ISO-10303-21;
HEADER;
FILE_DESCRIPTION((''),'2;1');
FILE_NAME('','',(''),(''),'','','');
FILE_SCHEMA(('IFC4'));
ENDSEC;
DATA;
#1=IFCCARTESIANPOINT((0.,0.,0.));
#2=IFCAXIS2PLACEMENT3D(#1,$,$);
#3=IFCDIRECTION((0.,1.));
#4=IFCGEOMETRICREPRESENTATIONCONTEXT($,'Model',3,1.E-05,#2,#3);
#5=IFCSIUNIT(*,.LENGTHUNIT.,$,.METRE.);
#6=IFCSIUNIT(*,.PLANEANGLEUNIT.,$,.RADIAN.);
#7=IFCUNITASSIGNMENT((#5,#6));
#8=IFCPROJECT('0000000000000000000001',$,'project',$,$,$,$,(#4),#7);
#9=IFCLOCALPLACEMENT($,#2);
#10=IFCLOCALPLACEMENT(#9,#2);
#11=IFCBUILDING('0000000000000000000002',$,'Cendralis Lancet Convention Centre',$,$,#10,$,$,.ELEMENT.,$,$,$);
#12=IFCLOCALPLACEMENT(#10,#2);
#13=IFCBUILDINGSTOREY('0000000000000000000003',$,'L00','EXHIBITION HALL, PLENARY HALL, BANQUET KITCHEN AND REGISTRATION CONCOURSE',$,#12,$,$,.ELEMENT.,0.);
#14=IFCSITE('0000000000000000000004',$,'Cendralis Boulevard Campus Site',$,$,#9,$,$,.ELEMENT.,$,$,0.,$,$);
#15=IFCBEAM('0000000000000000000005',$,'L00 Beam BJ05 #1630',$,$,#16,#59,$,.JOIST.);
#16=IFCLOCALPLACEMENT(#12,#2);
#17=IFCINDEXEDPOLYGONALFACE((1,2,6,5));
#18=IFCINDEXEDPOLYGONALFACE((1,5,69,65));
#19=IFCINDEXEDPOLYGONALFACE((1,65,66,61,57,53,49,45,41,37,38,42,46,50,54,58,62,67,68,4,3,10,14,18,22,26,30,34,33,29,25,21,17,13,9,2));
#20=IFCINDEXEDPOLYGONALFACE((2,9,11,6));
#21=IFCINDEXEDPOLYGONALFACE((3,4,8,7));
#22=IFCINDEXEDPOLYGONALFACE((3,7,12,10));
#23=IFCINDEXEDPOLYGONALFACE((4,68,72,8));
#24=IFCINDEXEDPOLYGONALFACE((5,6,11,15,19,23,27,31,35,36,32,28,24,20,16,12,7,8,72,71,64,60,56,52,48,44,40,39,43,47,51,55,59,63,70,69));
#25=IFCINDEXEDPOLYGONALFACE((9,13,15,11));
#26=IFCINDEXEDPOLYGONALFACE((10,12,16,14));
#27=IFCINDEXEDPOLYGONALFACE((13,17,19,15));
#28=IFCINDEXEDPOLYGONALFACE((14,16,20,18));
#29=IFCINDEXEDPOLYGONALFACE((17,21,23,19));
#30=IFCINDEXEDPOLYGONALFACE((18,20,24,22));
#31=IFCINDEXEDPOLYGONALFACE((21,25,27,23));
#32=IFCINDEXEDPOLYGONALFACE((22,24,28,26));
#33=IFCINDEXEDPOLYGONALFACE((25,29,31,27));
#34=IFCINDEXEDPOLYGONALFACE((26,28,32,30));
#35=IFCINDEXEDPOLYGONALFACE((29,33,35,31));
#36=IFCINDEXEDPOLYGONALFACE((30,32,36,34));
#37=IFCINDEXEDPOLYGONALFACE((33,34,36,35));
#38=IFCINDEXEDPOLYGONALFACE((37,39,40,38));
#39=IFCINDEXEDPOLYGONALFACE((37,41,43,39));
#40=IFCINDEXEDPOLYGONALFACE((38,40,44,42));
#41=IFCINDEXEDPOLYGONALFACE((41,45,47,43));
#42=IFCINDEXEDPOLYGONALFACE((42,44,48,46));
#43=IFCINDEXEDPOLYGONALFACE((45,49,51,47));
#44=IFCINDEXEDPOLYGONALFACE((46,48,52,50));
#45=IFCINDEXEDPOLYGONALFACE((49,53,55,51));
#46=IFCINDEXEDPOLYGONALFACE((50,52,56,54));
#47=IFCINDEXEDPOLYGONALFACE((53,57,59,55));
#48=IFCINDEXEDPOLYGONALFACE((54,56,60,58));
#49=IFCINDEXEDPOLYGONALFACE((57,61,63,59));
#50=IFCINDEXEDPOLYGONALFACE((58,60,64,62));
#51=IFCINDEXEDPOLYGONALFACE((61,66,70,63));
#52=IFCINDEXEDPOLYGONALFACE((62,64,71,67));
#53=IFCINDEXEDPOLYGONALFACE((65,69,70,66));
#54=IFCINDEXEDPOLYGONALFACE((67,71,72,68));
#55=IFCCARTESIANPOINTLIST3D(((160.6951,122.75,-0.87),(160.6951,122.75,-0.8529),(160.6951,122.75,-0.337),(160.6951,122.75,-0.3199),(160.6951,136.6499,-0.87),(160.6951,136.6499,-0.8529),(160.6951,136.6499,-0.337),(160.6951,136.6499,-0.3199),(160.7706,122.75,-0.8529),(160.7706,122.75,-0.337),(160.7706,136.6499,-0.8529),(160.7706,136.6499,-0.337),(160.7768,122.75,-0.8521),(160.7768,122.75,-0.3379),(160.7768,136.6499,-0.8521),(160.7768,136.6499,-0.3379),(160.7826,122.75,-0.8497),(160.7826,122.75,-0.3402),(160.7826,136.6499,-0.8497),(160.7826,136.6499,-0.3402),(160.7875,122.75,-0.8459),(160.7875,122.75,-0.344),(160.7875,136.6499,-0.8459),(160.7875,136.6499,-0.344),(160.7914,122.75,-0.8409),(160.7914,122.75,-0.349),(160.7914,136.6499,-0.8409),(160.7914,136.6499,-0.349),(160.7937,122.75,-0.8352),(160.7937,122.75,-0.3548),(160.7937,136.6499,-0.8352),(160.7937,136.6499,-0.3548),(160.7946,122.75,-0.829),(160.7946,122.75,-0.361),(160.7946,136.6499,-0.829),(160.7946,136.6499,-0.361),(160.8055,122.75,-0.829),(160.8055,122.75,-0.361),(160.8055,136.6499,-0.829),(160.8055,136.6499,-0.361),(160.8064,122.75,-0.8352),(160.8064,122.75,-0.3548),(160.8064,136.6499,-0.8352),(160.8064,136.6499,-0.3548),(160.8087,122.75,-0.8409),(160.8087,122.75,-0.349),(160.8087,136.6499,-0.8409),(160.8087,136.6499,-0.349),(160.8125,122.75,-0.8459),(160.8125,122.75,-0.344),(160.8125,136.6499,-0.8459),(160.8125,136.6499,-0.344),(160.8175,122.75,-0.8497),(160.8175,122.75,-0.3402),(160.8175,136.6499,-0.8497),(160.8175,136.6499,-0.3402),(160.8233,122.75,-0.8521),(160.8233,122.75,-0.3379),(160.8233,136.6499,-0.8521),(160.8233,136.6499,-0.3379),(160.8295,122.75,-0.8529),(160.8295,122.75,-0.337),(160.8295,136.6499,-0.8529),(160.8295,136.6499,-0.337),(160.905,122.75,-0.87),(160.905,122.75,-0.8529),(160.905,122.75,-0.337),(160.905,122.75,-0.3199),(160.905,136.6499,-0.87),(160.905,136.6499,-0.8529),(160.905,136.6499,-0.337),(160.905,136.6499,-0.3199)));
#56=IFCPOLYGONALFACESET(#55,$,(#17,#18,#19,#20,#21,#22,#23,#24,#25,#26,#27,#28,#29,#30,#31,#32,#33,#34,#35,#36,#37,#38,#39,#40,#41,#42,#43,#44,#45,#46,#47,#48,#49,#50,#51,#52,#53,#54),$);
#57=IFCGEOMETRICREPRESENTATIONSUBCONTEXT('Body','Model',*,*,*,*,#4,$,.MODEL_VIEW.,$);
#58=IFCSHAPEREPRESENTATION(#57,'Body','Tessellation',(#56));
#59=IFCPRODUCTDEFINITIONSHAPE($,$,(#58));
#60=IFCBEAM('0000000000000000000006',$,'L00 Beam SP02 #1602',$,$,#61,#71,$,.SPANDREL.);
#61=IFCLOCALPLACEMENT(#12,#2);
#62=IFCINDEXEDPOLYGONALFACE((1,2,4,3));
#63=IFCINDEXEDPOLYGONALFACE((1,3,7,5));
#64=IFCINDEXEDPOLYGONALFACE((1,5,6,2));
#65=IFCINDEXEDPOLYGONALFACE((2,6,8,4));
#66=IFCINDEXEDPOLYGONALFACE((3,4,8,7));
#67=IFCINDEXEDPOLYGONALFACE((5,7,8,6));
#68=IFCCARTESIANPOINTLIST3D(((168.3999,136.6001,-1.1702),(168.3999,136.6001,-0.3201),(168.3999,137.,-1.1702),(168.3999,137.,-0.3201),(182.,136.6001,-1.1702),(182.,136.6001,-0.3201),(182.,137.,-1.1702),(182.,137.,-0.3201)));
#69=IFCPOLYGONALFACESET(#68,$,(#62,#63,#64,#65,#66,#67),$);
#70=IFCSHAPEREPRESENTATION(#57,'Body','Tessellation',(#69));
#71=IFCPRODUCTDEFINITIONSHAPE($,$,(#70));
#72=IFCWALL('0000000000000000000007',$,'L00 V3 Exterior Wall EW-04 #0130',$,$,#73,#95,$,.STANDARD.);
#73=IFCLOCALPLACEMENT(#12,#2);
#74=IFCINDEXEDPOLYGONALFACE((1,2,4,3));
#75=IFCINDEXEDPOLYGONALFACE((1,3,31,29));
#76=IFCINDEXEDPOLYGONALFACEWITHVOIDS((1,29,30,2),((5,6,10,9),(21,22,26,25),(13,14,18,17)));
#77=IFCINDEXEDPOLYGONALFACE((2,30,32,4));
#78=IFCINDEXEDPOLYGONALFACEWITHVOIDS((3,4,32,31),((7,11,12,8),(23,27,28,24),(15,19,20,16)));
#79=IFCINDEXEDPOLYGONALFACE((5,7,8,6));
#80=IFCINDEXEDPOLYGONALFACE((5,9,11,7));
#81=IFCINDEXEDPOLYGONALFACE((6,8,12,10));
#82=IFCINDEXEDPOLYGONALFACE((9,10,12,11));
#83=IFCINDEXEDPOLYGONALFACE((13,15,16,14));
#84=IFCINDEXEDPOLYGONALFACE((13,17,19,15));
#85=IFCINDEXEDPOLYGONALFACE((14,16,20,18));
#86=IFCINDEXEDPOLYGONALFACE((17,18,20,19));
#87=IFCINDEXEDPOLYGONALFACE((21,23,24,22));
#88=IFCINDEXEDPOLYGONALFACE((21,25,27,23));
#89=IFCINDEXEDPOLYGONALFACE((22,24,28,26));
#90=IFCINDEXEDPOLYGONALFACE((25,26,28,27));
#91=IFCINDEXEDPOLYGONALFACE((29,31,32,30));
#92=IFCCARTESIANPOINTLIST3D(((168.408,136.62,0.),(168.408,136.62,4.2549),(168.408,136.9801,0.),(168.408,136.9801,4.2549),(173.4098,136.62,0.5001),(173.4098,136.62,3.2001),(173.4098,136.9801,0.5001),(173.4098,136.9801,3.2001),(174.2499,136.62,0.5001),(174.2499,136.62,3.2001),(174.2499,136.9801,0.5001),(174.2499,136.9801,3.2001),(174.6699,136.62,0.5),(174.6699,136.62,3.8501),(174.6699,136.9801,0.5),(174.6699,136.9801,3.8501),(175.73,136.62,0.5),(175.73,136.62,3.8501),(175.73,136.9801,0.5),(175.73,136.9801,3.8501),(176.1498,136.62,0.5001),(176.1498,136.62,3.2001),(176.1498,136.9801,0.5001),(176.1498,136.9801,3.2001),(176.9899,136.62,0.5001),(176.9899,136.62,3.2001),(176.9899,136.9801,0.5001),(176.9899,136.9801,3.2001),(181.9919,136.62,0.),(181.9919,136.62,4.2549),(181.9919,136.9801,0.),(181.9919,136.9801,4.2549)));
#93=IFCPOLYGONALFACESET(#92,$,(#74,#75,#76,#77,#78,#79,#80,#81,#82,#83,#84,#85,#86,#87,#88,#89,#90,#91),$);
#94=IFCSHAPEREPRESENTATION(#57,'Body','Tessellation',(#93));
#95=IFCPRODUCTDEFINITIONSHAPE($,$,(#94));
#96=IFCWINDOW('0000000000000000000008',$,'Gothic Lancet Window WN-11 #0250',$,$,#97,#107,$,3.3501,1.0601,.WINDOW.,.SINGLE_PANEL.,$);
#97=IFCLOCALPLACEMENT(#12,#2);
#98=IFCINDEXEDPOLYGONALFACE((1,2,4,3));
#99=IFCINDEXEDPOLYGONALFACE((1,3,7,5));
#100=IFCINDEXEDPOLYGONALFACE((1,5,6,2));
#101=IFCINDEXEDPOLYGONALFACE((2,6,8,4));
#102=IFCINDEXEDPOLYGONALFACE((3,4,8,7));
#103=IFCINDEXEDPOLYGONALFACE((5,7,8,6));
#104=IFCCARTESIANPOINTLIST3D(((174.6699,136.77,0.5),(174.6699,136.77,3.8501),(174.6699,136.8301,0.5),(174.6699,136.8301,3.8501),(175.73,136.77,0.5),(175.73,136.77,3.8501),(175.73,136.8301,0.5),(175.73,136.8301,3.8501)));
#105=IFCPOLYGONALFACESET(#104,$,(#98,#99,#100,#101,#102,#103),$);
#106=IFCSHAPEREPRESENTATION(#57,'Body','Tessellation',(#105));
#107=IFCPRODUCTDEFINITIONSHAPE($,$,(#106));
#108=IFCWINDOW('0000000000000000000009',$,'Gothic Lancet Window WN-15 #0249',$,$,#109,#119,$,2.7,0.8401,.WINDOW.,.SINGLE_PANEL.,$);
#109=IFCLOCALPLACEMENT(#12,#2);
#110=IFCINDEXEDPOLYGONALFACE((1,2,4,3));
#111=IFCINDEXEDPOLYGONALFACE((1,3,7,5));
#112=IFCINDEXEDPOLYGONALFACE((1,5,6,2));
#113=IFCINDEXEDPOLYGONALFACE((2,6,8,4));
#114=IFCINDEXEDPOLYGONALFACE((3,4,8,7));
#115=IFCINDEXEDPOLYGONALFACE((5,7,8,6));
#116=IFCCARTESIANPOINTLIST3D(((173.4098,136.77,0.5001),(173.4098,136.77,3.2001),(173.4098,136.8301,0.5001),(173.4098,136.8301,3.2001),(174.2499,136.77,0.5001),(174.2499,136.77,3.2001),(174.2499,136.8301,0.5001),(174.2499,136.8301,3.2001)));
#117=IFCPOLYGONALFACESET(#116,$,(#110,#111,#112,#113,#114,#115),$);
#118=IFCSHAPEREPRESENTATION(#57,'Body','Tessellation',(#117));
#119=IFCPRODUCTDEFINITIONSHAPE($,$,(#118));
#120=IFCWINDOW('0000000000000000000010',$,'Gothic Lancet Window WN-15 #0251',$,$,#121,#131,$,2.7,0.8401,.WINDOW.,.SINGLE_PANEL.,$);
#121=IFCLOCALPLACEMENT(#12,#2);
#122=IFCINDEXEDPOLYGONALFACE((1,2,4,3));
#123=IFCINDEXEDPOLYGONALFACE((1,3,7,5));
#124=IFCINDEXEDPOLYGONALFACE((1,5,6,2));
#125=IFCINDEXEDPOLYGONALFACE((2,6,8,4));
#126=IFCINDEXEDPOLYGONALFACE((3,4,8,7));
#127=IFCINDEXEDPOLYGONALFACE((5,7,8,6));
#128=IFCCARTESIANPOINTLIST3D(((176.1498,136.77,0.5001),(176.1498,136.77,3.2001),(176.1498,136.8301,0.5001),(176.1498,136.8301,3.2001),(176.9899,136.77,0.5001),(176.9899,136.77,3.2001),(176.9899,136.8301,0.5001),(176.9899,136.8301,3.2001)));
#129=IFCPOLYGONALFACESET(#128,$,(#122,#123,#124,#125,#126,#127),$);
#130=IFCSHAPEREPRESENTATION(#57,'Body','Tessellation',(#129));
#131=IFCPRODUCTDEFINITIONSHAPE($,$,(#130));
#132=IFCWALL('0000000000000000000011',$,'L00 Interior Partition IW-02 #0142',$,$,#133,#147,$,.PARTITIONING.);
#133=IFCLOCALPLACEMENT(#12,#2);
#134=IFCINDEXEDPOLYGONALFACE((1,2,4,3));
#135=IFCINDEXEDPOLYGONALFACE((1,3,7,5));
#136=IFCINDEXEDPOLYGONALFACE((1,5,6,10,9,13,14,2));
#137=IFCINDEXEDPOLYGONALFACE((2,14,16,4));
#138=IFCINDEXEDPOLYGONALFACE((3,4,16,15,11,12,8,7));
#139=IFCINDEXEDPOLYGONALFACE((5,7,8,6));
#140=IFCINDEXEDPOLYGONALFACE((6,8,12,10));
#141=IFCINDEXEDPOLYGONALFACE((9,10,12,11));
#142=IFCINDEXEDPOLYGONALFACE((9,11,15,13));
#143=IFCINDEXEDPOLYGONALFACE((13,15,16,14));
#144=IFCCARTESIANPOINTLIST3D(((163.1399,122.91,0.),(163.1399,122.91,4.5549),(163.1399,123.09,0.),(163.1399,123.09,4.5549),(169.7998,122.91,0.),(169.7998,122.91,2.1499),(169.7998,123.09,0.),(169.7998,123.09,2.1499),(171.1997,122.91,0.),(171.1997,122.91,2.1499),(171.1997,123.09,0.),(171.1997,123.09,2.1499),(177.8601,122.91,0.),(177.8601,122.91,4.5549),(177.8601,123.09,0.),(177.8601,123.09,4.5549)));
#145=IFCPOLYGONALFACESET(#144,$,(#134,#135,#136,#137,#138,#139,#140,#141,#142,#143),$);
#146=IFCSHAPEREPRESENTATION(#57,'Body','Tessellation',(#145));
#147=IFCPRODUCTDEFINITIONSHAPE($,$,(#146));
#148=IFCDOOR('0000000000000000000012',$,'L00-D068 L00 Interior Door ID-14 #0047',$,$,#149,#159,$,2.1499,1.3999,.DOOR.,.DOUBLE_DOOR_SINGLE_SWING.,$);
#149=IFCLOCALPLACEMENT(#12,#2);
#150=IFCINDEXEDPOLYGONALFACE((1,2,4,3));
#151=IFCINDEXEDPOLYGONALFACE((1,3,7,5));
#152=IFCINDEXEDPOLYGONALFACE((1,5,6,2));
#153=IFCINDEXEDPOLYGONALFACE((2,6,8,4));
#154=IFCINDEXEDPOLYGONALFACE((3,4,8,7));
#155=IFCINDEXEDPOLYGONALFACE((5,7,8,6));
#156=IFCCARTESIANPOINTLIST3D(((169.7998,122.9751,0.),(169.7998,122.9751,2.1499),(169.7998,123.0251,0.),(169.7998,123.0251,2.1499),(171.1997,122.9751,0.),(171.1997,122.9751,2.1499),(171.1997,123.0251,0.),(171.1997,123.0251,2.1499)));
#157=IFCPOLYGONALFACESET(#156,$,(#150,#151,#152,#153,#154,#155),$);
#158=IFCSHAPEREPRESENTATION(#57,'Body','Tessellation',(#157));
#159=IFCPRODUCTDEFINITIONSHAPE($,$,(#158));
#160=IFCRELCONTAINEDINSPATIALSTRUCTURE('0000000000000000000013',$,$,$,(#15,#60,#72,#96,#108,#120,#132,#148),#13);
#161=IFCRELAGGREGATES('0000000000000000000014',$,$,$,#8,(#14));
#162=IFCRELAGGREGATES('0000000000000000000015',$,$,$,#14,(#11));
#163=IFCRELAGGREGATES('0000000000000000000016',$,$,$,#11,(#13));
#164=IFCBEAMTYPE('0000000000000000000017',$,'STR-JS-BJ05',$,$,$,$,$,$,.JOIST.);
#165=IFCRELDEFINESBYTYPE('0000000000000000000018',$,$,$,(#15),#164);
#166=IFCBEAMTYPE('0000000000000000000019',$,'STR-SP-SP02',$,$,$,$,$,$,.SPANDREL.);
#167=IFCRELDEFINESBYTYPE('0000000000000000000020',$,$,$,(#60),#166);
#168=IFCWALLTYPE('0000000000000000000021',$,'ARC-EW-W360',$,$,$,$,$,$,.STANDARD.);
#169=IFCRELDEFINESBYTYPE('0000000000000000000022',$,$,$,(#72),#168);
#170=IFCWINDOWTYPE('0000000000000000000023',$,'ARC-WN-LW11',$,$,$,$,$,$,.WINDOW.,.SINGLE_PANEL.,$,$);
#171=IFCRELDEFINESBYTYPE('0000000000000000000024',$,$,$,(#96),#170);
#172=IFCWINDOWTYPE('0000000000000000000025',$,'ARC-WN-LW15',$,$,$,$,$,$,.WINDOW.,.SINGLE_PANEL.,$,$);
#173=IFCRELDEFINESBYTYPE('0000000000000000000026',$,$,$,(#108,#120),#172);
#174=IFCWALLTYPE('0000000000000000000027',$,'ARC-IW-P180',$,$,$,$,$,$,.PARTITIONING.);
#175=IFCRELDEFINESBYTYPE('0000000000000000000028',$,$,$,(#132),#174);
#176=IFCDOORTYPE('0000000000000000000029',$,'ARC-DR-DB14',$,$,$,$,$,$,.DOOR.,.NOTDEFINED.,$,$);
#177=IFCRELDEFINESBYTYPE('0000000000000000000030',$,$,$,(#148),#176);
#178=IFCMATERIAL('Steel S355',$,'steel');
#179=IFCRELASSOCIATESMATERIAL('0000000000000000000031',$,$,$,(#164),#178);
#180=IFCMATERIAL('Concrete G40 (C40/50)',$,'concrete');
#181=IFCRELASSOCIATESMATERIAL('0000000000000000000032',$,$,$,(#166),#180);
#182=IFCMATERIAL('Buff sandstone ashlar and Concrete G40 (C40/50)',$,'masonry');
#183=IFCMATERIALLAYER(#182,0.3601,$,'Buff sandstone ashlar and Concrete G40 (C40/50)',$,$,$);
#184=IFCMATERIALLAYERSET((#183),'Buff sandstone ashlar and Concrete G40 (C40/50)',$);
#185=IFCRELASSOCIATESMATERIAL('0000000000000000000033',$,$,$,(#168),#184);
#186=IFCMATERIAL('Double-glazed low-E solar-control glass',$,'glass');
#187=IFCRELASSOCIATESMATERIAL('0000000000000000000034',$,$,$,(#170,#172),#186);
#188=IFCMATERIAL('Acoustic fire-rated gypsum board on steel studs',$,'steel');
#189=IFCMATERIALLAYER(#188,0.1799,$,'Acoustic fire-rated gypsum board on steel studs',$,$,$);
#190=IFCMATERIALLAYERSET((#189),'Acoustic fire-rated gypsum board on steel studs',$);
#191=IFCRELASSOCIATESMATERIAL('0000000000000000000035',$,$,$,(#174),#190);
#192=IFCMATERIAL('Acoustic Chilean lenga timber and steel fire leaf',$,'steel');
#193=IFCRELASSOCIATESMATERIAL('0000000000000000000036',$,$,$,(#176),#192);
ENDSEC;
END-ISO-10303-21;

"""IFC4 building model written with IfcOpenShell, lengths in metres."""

from ifc_helpers import new_model, si_unit, direction, frame, frame_2d, origin, origin_2d, place, context, subcontext, project, spatial, rectangle, i_section, extrude, material, layer, layer_set, material_profile, profile_set, type_object, element, fill, save


model = new_model("IFC4")

# Units and contexts
model_context = context("Model", 3, precision=1e-05, world=origin(), true_north=direction((0.0, 1.0)))
body_context = subcontext(model_context, "Body", "Model", "MODEL_VIEW")
ifc_project = project(units=[si_unit("LENGTHUNIT", "METRE"), si_unit("PLANEANGLEUNIT", "RADIAN")], contexts=[model_context])

# Site, building, storey
site_placement = place(None, origin())
site = spatial("IfcSite", under=ifc_project, at=site_placement, Name="Cendralis Boulevard Campus Site", CompositionType="ELEMENT", RefElevation=0.0)
building_placement = place(site_placement, origin())
building = spatial("IfcBuilding", under=site, at=building_placement, Name="Cendralis Lancet Convention Centre", CompositionType="ELEMENT")
storey_placement = place(building_placement, origin())
storey = spatial("IfcBuildingStorey", under=building, at=storey_placement, Name="L00", Description="EXHIBITION HALL, PLENARY HALL, BANQUET KITCHEN AND REGISTRATION CONCOURSE", CompositionType="ELEMENT", Elevation=0.0)

# Shared definitions
ifc_material_1 = material(Name="Concrete G40 (C40/50)", Category="concrete")

# Beams
ifc_material_2 = material(Name="Steel S355", Category="steel")
ifc_material_profile_1 = material_profile(ifc_material_2, i_section(OverallWidth=0.21, OverallDepth=0.55, WebThickness=0.011, FlangeThickness=0.0171, FilletRadius=0.0239, at=origin_2d()), Name="IPE 550")
ifc_profile_set_1 = profile_set([ifc_material_profile_1], Name="Steel S355")
beam_type_1 = type_object("IfcBeamType", Name="STR-JS-BJ05", PredefinedType="JOIST", material=ifc_profile_set_1)
beam_1_placement = place(storey_placement, frame((160.8, 122.75, -0.595), z_axis=(0.0, 1.0, 0.0), x_axis=(-1.0, 0.0, 0.0)))
element("IfcBeam", 1, at=beam_1_placement, inside=storey, type_object=beam_type_1, Name="L00 Beam BJ05 #1630", PredefinedType="JOIST", context=body_context, shape_type="SweptSolid", body=[
    extrude(i_section(OverallWidth=0.21, OverallDepth=0.55, WebThickness=0.011, FlangeThickness=0.0171, FilletRadius=0.0239, at=origin_2d()), origin(), (0.0, 0.0, 1.0), 13.8999),
])
ifc_material_profile_2 = material_profile(ifc_material_1, rectangle(XDim=0.3999, YDim=0.8501, at=origin_2d()), Name="RCB 400x850")
ifc_profile_set_2 = profile_set([ifc_material_profile_2], Name="Concrete G40 (C40/50)")
beam_type_2 = type_object("IfcBeamType", Name="STR-SP-SP02", PredefinedType="SPANDREL", material=ifc_profile_set_2)
beam_2_placement = place(storey_placement, frame((168.3999, 136.8, -0.7451), z_axis=(1.0, 0.0, 0.0), x_axis=(0.0, 1.0, 0.0)))
element("IfcBeam", 2, at=beam_2_placement, inside=storey, type_object=beam_type_2, Name="L00 Beam SP02 #1602", PredefinedType="SPANDREL", context=body_context, shape_type="SweptSolid", body=[
    extrude(rectangle(XDim=0.3999, YDim=0.8501, at=origin_2d()), origin(), (0.0, 0.0, 1.0), 13.6001),
])

# Wall, openings, windows
ifc_material_3 = material(Name="Buff sandstone ashlar and Concrete G40 (C40/50)", Category="masonry")
ifc_layer_1 = layer(ifc_material_3, 0.3601, Name="Buff sandstone ashlar and Concrete G40 (C40/50)")
ifc_layer_set_1 = layer_set([ifc_layer_1], Name="Buff sandstone ashlar and Concrete G40 (C40/50)")
wall_type_1 = type_object("IfcWallType", Name="ARC-EW-W360", PredefinedType="STANDARD", material=ifc_layer_set_1)
wall_1_placement = place(storey_placement, frame((168.408, 136.8, 0.0), z_axis=(0.0, 0.0, 1.0), x_axis=(1.0, 0.0, 0.0)))
wall_1 = element("IfcWall", 3, at=wall_1_placement, inside=storey, type_object=wall_type_1, Name="L00 V3 Exterior Wall EW-04 #0130", PredefinedType="STANDARD", context=body_context, shape_type="SweptSolid", body=[
    extrude(rectangle(XDim=13.584, YDim=0.3601, at=frame_2d((6.792, 0.0))), origin(), (0.0, 0.0, 1.0), 4.2549),
])
opening_1_placement = place(wall_1_placement, frame((5.002, 0.0, 0.5)))
opening_1 = element("IfcOpeningElement", 4, at=opening_1_placement, cuts=wall_1, PredefinedType="OPENING", context=body_context, shape_type="SweptSolid", body=[
    extrude(rectangle(XDim=0.8401, YDim=2.7, at=frame_2d((0.4199, 1.3501))), frame((0.0, 0.1899, 0.0), z_axis=(0.0, -1.0, 0.0), x_axis=(1.0, 0.0, 0.0)), (0.0, 0.0, 1.0), 0.3801),
])
opening_2_placement = place(wall_1_placement, frame((6.262, 0.0, 0.5)))
opening_2 = element("IfcOpeningElement", 5, at=opening_2_placement, cuts=wall_1, PredefinedType="OPENING", context=body_context, shape_type="SweptSolid", body=[
    extrude(rectangle(XDim=1.0601, YDim=3.3501, at=frame_2d((0.53, 1.675))), frame((0.0, 0.1899, 0.0), z_axis=(0.0, -1.0, 0.0), x_axis=(1.0, 0.0, 0.0)), (0.0, 0.0, 1.0), 0.3801),
])
opening_3_placement = place(wall_1_placement, frame((7.7419, 0.0, 0.5)))
opening_3 = element("IfcOpeningElement", 6, at=opening_3_placement, cuts=wall_1, PredefinedType="OPENING", context=body_context, shape_type="SweptSolid", body=[
    extrude(rectangle(XDim=0.8401, YDim=2.7, at=frame_2d((0.4199, 1.3501))), frame((0.0, 0.1899, 0.0), z_axis=(0.0, -1.0, 0.0), x_axis=(1.0, 0.0, 0.0)), (0.0, 0.0, 1.0), 0.3801),
])
ifc_material_4 = material(Name="Double-glazed low-E solar-control glass", Category="glass")
window_type_1 = type_object("IfcWindowType", Name="ARC-WN-LW11", PartitioningType="SINGLE_PANEL", PredefinedType="WINDOW", material=ifc_material_4)
window_1_placement = place(opening_2_placement, origin())
window_1 = element("IfcWindow", 7, at=window_1_placement, inside=storey, type_object=window_type_1, Name="Gothic Lancet Window WN-11 #0250", OverallHeight=3.3501, OverallWidth=1.0601, PartitioningType="SINGLE_PANEL", PredefinedType="WINDOW", context=body_context, shape_type="SweptSolid", body=[
    extrude(rectangle(XDim=1.0601, YDim=3.3501, at=frame_2d((0.53, 1.675))), frame((0.0, 0.03, 0.0), z_axis=(0.0, -1.0, 0.0), x_axis=(1.0, 0.0, 0.0)), (0.0, 0.0, 1.0), 0.0601),
])
fill(opening_2, window_1)
window_type_2 = type_object("IfcWindowType", Name="ARC-WN-LW15", PartitioningType="SINGLE_PANEL", PredefinedType="WINDOW", material=ifc_material_4)
window_2_placement = place(opening_1_placement, origin())
window_2 = element("IfcWindow", 8, at=window_2_placement, inside=storey, type_object=window_type_2, Name="Gothic Lancet Window WN-15 #0249", OverallHeight=2.7, OverallWidth=0.8401, PartitioningType="SINGLE_PANEL", PredefinedType="WINDOW", context=body_context, shape_type="SweptSolid", body=[
    extrude(rectangle(XDim=0.8401, YDim=2.7, at=frame_2d((0.4199, 1.3501))), frame((0.0, 0.03, 0.0), z_axis=(0.0, -1.0, 0.0), x_axis=(1.0, 0.0, 0.0)), (0.0, 0.0, 1.0), 0.0601),
])
fill(opening_1, window_2)
window_3_placement = place(opening_3_placement, origin())
window_3 = element("IfcWindow", 9, at=window_3_placement, inside=storey, type_object=window_type_2, Name="Gothic Lancet Window WN-15 #0251", OverallHeight=2.7, OverallWidth=0.8401, PartitioningType="SINGLE_PANEL", PredefinedType="WINDOW", context=body_context, shape_type="SweptSolid", body=[
    extrude(rectangle(XDim=0.8401, YDim=2.7, at=frame_2d((0.4199, 1.3501))), frame((0.0, 0.03, 0.0), z_axis=(0.0, -1.0, 0.0), x_axis=(1.0, 0.0, 0.0)), (0.0, 0.0, 1.0), 0.0601),
])
fill(opening_3, window_3)

# Wall, opening, door
ifc_material_5 = material(Name="Acoustic fire-rated gypsum board on steel studs", Category="steel")
ifc_layer_2 = layer(ifc_material_5, 0.1799, Name="Acoustic fire-rated gypsum board on steel studs")
ifc_layer_set_2 = layer_set([ifc_layer_2], Name="Acoustic fire-rated gypsum board on steel studs")
wall_type_2 = type_object("IfcWallType", Name="ARC-IW-P180", PredefinedType="PARTITIONING", material=ifc_layer_set_2)
wall_2_placement = place(storey_placement, frame((163.1399, 123.0, 0.0), z_axis=(0.0, 0.0, 1.0), x_axis=(1.0, 0.0, 0.0)))
wall_2 = element("IfcWall", 10, at=wall_2_placement, inside=storey, type_object=wall_type_2, Name="L00 Interior Partition IW-02 #0142", PredefinedType="PARTITIONING", context=body_context, shape_type="SweptSolid", body=[
    extrude(rectangle(XDim=14.7202, YDim=0.1799, at=frame_2d((7.3601, 0.0))), origin(), (0.0, 0.0, 1.0), 4.5549),
])
opening_4_placement = place(wall_2_placement, frame((6.6599, 0.0, 0.0)))
opening_4 = element("IfcOpeningElement", 11, at=opening_4_placement, cuts=wall_2, PredefinedType="OPENING", context=body_context, shape_type="SweptSolid", body=[
    extrude(rectangle(XDim=1.3999, YDim=2.1499, at=frame_2d((0.7, 1.075))), frame((0.0, 0.0999, 0.0), z_axis=(0.0, -1.0, 0.0), x_axis=(1.0, 0.0, 0.0)), (0.0, 0.0, 1.0), 0.2),
])
ifc_material_6 = material(Name="Acoustic Chilean lenga timber and steel fire leaf", Category="steel")
door_type = type_object("IfcDoorType", Name="ARC-DR-DB14", OperationType="NOTDEFINED", PredefinedType="DOOR", material=ifc_material_6)
door_placement = place(opening_4_placement, frame((1.3999, 0.0, 0.0), z_axis=(0.0, 0.0, 1.0), x_axis=(-1.0, 0.0, 0.0)))
door = element("IfcDoor", 12, at=door_placement, inside=storey, type_object=door_type, Name="L00-D068 L00 Interior Door ID-14 #0047", OperationType="DOUBLE_DOOR_SINGLE_SWING", OverallHeight=2.1499, OverallWidth=1.3999, PredefinedType="DOOR", context=body_context, shape_type="SweptSolid", body=[
    extrude(rectangle(XDim=1.3999, YDim=2.1499, at=frame_2d((0.7, 1.075))), frame((0.0, 0.0249, 0.0), z_axis=(0.0, -1.0, 0.0), x_axis=(1.0, 0.0, 0.0)), (0.0, 0.0, 1.0), 0.05),
])
fill(opening_4, door)

save(model, "model.ifc")
